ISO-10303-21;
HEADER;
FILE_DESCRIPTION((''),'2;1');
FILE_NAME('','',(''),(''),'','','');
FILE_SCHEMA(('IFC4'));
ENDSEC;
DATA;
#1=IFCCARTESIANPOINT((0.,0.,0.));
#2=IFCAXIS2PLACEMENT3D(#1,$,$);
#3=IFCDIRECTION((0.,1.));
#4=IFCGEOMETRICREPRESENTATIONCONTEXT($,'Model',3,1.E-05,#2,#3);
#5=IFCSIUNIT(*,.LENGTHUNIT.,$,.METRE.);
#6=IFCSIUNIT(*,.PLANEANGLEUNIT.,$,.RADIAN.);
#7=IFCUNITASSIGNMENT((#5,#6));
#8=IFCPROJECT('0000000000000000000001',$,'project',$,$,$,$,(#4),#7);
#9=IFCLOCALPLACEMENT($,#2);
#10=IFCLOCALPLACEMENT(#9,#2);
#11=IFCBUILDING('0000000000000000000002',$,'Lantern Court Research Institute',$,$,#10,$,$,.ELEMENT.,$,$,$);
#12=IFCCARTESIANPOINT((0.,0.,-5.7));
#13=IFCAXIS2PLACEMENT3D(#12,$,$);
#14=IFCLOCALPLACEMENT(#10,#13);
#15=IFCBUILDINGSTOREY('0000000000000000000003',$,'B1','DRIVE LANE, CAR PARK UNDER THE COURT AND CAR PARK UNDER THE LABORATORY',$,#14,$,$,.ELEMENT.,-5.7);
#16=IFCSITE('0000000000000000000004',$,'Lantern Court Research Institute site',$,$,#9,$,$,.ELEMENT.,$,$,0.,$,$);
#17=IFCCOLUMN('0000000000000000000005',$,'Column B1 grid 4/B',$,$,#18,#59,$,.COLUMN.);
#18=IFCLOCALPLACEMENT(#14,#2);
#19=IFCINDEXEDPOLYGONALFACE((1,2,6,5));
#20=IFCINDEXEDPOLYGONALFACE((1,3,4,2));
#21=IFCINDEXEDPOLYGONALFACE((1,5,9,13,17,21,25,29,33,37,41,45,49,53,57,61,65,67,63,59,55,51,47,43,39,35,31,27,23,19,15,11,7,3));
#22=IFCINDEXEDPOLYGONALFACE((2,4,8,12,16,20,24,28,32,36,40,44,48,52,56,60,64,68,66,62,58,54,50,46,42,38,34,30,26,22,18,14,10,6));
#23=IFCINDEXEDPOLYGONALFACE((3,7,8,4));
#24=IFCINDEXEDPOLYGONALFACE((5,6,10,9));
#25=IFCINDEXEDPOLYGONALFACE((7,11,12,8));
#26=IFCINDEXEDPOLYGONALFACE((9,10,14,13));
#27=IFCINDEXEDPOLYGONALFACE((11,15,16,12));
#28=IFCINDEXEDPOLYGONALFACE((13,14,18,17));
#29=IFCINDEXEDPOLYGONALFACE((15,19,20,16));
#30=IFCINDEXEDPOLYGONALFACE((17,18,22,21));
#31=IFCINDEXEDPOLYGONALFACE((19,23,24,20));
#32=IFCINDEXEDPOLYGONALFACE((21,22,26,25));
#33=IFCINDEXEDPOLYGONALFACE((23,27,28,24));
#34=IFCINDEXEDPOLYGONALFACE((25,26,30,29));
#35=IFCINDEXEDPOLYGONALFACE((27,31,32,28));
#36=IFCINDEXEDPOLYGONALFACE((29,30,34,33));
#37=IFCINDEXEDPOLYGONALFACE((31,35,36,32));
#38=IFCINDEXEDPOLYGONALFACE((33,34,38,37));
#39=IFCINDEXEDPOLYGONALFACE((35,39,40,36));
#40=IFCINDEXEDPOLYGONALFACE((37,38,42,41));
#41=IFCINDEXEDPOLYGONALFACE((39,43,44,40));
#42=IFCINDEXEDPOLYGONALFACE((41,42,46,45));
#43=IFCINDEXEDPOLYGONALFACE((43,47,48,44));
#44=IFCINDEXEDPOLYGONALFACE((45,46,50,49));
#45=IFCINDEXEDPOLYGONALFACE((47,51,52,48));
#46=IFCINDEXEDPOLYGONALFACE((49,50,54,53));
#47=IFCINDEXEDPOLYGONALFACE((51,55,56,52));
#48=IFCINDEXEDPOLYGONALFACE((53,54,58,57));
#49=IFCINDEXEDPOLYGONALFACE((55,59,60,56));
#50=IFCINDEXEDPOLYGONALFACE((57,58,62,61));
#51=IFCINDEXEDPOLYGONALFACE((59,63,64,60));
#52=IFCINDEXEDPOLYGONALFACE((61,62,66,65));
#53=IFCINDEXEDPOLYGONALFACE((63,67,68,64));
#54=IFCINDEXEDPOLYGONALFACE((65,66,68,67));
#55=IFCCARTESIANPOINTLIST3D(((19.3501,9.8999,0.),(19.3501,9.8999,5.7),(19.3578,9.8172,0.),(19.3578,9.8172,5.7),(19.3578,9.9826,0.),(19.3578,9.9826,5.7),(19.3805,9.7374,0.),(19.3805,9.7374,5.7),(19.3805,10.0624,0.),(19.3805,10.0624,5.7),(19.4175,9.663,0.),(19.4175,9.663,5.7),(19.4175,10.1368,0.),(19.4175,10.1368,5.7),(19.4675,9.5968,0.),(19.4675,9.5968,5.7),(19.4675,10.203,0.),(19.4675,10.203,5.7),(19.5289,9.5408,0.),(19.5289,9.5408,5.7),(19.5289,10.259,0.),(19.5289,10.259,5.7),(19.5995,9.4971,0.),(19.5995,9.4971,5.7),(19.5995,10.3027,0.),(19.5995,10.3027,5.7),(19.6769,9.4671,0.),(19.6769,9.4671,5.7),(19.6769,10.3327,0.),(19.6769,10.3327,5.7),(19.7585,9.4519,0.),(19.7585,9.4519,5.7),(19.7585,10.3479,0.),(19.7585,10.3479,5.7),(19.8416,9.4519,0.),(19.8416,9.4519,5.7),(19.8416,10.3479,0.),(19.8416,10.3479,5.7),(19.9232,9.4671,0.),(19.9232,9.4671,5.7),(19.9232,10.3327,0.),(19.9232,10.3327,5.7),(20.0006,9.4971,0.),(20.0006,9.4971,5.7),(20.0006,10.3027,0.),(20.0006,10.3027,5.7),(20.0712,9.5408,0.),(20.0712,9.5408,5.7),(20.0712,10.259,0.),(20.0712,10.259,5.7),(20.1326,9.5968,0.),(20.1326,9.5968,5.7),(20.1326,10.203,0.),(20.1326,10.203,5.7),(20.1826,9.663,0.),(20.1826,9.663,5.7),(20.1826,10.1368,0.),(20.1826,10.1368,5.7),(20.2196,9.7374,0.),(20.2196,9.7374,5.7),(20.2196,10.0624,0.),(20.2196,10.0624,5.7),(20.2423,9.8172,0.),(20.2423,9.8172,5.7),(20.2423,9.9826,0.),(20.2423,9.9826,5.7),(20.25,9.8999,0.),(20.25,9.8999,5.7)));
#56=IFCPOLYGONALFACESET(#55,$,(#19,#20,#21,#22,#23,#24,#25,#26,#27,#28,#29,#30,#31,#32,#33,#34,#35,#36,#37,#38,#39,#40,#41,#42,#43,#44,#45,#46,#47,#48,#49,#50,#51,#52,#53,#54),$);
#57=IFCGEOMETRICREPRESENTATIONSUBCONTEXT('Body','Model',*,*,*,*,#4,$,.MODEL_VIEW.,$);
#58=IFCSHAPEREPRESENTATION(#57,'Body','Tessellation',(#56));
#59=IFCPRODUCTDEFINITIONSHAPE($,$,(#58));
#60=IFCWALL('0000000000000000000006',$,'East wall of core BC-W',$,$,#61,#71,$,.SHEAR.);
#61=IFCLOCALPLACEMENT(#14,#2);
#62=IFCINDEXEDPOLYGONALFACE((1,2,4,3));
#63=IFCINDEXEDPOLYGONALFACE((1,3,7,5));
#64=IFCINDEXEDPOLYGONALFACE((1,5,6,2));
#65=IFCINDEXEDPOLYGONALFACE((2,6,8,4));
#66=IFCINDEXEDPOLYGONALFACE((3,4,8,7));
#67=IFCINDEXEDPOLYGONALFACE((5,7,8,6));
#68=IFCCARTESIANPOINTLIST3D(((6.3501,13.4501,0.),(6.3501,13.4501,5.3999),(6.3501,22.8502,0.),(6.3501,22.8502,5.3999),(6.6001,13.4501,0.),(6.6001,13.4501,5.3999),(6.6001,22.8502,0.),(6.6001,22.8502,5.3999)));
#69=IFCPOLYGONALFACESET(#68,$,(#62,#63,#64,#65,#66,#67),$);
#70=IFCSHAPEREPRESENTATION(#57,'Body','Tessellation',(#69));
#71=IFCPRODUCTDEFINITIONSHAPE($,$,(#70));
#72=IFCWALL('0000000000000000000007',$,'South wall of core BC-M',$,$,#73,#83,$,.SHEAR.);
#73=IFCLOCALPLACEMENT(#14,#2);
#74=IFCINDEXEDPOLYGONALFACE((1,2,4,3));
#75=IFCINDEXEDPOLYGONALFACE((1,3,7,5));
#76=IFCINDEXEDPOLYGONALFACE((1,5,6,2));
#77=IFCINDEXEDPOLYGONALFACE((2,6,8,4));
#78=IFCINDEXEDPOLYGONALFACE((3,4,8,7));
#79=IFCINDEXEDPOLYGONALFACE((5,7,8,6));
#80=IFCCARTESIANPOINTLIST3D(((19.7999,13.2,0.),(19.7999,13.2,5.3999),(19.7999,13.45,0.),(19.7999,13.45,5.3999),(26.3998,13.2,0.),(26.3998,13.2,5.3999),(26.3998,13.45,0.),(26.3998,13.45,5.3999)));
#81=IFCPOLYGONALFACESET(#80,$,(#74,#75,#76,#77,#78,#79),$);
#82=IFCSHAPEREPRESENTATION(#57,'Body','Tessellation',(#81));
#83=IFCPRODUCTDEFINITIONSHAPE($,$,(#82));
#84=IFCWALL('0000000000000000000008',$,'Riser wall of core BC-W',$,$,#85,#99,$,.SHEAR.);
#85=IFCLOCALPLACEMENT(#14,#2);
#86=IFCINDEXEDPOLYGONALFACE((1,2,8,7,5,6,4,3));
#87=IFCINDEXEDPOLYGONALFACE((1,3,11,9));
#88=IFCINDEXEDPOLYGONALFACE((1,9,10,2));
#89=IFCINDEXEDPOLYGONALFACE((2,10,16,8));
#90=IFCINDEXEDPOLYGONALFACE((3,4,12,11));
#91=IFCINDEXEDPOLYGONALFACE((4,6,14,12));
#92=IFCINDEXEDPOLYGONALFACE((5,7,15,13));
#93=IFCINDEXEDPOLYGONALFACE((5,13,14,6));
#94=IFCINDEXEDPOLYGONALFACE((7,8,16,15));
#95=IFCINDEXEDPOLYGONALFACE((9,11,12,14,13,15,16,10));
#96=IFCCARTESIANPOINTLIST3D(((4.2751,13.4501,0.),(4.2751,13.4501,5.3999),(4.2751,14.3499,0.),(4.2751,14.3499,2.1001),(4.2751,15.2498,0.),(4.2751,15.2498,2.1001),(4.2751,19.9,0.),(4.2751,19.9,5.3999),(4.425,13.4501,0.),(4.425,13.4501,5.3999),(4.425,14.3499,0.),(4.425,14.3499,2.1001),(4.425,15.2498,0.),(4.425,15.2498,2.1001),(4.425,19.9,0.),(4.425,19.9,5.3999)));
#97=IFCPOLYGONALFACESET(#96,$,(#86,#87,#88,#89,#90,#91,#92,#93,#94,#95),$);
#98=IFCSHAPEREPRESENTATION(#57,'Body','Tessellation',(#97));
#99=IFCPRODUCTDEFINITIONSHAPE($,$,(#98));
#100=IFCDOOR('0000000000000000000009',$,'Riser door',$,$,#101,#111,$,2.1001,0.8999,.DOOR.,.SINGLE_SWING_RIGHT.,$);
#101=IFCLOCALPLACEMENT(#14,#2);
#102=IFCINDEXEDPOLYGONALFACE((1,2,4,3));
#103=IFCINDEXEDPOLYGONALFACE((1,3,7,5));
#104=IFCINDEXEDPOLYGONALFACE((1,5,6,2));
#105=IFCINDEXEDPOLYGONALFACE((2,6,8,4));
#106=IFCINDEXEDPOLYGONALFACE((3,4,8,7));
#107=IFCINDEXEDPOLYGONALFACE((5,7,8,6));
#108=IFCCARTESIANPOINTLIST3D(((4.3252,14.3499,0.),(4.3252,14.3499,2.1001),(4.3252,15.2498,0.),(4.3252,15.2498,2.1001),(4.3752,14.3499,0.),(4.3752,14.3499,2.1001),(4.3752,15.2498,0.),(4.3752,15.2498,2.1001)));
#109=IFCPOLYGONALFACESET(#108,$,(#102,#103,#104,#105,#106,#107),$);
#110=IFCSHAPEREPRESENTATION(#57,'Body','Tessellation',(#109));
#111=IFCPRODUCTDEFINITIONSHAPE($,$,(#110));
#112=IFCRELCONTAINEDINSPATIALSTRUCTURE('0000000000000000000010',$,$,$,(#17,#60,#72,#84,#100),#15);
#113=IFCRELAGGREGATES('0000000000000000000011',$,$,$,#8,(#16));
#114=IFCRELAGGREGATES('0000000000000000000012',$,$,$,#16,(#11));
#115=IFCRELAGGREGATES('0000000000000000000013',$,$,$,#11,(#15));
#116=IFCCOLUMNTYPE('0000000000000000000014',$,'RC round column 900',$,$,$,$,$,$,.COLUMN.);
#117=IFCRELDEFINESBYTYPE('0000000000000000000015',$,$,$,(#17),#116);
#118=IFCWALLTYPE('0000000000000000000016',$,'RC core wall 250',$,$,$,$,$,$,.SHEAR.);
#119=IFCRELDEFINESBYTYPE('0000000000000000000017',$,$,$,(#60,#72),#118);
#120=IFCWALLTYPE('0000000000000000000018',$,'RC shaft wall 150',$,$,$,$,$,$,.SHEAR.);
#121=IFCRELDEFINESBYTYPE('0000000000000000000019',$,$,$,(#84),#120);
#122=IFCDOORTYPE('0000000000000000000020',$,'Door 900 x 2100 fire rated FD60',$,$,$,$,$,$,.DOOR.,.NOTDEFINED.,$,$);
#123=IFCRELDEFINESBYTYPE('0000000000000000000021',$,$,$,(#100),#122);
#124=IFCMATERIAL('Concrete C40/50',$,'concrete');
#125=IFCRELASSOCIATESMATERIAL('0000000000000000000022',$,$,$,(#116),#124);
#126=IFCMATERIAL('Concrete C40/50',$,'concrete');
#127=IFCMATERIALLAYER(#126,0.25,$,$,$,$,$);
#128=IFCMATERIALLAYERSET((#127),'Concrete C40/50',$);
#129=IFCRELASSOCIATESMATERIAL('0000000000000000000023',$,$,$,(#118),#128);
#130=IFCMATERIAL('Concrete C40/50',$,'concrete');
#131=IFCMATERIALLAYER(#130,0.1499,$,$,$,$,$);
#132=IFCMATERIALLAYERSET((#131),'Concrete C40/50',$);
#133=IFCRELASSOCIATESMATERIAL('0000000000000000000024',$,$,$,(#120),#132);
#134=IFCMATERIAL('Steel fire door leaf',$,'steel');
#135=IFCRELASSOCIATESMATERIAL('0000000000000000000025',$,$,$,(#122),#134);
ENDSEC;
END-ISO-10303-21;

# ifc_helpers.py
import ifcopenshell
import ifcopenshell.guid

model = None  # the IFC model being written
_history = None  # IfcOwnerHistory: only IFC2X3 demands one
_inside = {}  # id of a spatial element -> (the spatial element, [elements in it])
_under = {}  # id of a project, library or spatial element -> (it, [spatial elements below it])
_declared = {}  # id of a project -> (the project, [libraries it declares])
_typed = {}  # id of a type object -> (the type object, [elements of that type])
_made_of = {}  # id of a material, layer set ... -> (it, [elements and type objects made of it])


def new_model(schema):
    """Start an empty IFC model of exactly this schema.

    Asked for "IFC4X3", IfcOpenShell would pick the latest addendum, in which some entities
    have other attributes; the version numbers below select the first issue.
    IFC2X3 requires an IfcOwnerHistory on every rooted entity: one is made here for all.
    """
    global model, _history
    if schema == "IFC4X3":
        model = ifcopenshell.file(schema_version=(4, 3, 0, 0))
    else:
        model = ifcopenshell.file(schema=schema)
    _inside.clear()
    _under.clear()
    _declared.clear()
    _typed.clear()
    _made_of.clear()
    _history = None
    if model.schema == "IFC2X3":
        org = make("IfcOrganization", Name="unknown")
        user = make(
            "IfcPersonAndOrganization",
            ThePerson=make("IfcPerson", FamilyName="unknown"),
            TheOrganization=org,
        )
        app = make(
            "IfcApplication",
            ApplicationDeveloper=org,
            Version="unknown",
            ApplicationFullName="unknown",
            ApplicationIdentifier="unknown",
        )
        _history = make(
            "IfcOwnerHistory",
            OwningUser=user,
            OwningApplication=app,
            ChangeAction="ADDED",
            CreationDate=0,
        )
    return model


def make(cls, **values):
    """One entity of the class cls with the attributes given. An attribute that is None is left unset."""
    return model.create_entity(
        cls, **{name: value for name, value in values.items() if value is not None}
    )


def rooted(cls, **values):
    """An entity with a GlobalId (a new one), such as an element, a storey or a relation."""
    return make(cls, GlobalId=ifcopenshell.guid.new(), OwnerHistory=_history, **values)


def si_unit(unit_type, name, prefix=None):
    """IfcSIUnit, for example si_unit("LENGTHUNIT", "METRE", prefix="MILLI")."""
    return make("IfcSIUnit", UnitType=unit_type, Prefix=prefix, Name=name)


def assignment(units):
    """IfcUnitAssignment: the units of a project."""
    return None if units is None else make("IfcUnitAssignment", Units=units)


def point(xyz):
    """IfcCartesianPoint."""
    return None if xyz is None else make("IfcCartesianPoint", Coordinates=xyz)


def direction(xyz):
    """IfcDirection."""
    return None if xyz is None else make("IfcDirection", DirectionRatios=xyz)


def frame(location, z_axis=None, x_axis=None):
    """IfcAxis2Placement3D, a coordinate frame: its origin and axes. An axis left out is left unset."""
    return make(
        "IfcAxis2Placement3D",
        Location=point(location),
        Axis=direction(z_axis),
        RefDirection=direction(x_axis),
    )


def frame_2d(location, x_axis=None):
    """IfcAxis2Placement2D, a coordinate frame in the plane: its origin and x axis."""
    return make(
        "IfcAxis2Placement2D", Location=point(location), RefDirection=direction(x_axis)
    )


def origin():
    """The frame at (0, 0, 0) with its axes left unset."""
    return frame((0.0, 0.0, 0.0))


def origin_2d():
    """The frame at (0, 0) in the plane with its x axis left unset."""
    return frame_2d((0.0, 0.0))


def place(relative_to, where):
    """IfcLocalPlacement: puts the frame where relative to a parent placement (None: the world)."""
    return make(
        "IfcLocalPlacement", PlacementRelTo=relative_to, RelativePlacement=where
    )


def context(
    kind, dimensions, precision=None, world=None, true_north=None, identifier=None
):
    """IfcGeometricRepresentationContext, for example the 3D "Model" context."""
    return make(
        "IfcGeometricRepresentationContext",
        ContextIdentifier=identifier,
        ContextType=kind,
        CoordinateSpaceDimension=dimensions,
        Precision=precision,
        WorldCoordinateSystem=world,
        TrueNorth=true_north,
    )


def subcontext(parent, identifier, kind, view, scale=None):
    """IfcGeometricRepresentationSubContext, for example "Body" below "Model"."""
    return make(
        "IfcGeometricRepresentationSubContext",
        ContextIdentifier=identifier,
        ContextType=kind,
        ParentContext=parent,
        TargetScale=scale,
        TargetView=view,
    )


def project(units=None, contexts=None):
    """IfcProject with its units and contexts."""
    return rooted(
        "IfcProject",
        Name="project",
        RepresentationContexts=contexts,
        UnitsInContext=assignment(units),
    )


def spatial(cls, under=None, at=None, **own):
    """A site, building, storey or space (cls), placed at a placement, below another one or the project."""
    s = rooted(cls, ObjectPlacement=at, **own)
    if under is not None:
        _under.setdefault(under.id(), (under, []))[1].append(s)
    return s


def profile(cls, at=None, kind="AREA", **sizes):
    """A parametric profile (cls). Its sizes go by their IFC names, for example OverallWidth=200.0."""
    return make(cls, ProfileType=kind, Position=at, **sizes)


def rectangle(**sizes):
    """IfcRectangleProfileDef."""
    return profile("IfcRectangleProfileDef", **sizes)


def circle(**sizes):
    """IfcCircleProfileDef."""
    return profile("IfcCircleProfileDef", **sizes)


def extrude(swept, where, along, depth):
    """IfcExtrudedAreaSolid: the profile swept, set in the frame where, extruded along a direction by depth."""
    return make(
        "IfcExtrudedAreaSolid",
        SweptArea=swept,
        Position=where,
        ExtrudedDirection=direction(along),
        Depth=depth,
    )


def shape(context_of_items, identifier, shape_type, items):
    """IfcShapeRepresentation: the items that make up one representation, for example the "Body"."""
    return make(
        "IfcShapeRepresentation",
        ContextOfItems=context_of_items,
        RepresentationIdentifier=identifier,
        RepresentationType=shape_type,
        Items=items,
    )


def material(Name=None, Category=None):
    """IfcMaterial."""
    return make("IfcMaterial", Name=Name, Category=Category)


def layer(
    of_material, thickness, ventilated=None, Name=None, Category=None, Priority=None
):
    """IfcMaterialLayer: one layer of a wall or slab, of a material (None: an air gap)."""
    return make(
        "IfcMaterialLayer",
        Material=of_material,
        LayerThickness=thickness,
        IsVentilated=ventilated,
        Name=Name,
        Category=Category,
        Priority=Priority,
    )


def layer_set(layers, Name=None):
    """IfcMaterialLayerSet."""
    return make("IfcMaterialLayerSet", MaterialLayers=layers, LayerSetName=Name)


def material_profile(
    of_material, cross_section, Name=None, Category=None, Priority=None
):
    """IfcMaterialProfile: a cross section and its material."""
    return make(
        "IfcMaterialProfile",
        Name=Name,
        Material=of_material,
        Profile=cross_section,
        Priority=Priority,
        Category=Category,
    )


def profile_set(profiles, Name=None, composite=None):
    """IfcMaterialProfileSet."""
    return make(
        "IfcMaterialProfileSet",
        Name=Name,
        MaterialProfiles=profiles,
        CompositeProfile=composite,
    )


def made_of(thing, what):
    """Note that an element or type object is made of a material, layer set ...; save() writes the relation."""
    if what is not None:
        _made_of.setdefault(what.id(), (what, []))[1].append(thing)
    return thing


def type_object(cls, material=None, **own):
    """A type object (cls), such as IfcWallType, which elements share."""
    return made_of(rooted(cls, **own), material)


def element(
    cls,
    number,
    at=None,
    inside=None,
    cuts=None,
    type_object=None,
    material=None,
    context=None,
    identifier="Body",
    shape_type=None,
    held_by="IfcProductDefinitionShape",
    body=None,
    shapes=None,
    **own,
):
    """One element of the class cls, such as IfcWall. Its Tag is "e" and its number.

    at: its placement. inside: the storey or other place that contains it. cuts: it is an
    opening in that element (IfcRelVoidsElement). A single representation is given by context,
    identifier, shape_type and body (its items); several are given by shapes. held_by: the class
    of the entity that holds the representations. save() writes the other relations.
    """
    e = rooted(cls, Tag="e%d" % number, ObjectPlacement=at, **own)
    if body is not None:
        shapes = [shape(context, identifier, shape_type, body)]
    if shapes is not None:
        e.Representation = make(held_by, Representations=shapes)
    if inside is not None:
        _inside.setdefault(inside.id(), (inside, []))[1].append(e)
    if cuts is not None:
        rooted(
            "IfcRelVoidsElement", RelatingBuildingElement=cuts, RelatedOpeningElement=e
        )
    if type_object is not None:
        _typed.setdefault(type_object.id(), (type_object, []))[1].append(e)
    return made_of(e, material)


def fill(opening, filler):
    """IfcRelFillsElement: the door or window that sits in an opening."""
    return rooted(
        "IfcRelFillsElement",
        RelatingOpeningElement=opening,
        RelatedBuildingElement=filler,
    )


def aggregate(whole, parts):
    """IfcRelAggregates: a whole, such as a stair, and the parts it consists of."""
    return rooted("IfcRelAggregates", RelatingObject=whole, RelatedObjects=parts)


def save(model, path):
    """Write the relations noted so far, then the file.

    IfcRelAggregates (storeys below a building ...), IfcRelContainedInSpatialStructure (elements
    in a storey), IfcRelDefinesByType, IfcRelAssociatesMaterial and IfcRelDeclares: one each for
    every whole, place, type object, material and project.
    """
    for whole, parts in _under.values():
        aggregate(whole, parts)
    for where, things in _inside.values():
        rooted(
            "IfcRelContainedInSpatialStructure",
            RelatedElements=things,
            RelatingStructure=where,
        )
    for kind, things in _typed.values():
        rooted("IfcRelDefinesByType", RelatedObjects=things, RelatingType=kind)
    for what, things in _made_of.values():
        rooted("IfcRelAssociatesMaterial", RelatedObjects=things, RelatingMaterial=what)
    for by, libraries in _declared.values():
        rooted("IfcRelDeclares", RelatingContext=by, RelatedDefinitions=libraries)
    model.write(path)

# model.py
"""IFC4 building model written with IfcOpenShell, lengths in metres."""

from ifc_helpers import new_model, si_unit, direction, frame, frame_2d, origin, origin_2d, place, context, subcontext, project, spatial, rectangle, circle, extrude, material, layer, layer_set, material_profile, profile_set, type_object, element, fill, save


model = new_model("IFC4")

# Units and contexts
model_context = context("Model", 3, precision=1e-05, world=origin(), true_north=direction((0.0, 1.0)))
body_context = subcontext(model_context, "Body", "Model", "MODEL_VIEW")
ifc_project = project(units=[si_unit("LENGTHUNIT", "METRE"), si_unit("PLANEANGLEUNIT", "RADIAN")], contexts=[model_context])

# Site, building, storey
site_placement = place(None, origin())
site = spatial("IfcSite", under=ifc_project, at=site_placement, Name="Lantern Court Research Institute site", CompositionType="ELEMENT", RefElevation=0.0)
building_placement = place(site_placement, origin())
building = spatial("IfcBuilding", under=site, at=building_placement, Name="Lantern Court Research Institute", CompositionType="ELEMENT")
storey_placement = place(building_placement, frame((0.0, 0.0, -5.7)))
storey = spatial("IfcBuildingStorey", under=building, at=storey_placement, Name="B1", Description="DRIVE LANE, CAR PARK UNDER THE COURT AND CAR PARK UNDER THE LABORATORY", CompositionType="ELEMENT", Elevation=-5.7)

# Column
ifc_material_1 = material(Name="Concrete C40/50", Category="concrete")
ifc_material_profile_1 = material_profile(ifc_material_1, circle(Radius=0.45, at=origin_2d()), Name="RC round column 900")
ifc_profile_set_1 = profile_set([ifc_material_profile_1], Name="Concrete C40/50")
column_type = type_object("IfcColumnType", Name="RC round column 900", PredefinedType="COLUMN", material=ifc_profile_set_1)
for number, where, z_axis, x_axis, name in (
    (1, (19.8, 9.8999, 0.0), (0.0, 0.0, 1.0), (1.0, 0.0, 0.0), "Column B1 grid 4/B"),
):
    element("IfcColumn", number, at=place(storey_placement, frame(where, z_axis=z_axis, x_axis=x_axis)), inside=storey, type_object=column_type, Name=name, PredefinedType="COLUMN", context=body_context, shape_type="SweptSolid", body=[
        extrude(circle(Radius=0.45, at=origin_2d()), origin(), (0.0, 0.0, 1.0), 5.7),
    ])

# Walls
ifc_material_2 = material(Name="Concrete C40/50", Category="concrete")
ifc_layer_1 = layer(ifc_material_2, 0.25)
ifc_layer_set_1 = layer_set([ifc_layer_1], Name="Concrete C40/50")
wall_type_1 = type_object("IfcWallType", Name="RC core wall 250", PredefinedType="SHEAR", material=ifc_layer_set_1)
wall_1_placement = place(storey_placement, frame((6.4751, 13.45, 0.0), z_axis=(0.0, 0.0, 1.0), x_axis=(0.0, 1.0, 0.0)))
element("IfcWall", 2, at=wall_1_placement, inside=storey, type_object=wall_type_1, Name="East wall of core BC-W", PredefinedType="SHEAR", context=body_context, shape_type="SweptSolid", body=[
    extrude(rectangle(XDim=9.4001, YDim=0.25, at=frame_2d((4.7002, 0.0))), origin(), (0.0, 0.0, 1.0), 5.3999),
])
wall_2_placement = place(storey_placement, frame((19.8, 13.325, 0.0), z_axis=(0.0, 0.0, 1.0), x_axis=(1.0, 0.0, 0.0)))
element("IfcWall", 3, at=wall_2_placement, inside=storey, type_object=wall_type_1, Name="South wall of core BC-M", PredefinedType="SHEAR", context=body_context, shape_type="SweptSolid", body=[
    extrude(rectangle(XDim=6.5999, YDim=0.25, at=frame_2d((3.2998, 0.0))), origin(), (0.0, 0.0, 1.0), 5.3999),
])

# Wall, opening, door
ifc_material_3 = material(Name="Concrete C40/50", Category="concrete")
ifc_layer_2 = layer(ifc_material_3, 0.1499)
ifc_layer_set_2 = layer_set([ifc_layer_2], Name="Concrete C40/50")
wall_type_2 = type_object("IfcWallType", Name="RC shaft wall 150", PredefinedType="SHEAR", material=ifc_layer_set_2)
wall_3_placement = place(storey_placement, frame((4.3501, 13.45, 0.0), z_axis=(0.0, 0.0, 1.0), x_axis=(0.0, 1.0, 0.0)))
wall_3 = element("IfcWall", 4, at=wall_3_placement, inside=storey, type_object=wall_type_2, Name="Riser wall of core BC-W", PredefinedType="SHEAR", context=body_context, shape_type="SweptSolid", body=[
    extrude(rectangle(XDim=6.45, YDim=0.1499, at=frame_2d((3.2251, 0.0))), origin(), (0.0, 0.0, 1.0), 5.3999),
])
opening_placement = place(wall_3_placement, frame((0.8999, 0.0, 0.0)))
opening = element("IfcOpeningElement", 5, at=opening_placement, cuts=wall_3, PredefinedType="OPENING", context=body_context, shape_type="SweptSolid", body=[
    extrude(rectangle(XDim=0.8999, YDim=2.1001, at=frame_2d((0.45, 1.05))), frame((0.0, 0.085, 0.0), z_axis=(0.0, -1.0, 0.0), x_axis=(1.0, 0.0, 0.0)), (0.0, 0.0, 1.0), 0.1699),
])
ifc_material_4 = material(Name="Steel fire door leaf", Category="steel")
door_type = type_object("IfcDoorType", Name="Door 900 x 2100 fire rated FD60", OperationType="NOTDEFINED", PredefinedType="DOOR", material=ifc_material_4)
door_placement = place(opening_placement, origin())
door = element("IfcDoor", 6, at=door_placement, inside=storey, type_object=door_type, Name="Riser door", OperationType="SINGLE_SWING_RIGHT", OverallHeight=2.1001, OverallWidth=0.8999, PredefinedType="DOOR", context=body_context, shape_type="SweptSolid", body=[
    extrude(rectangle(XDim=0.8999, YDim=2.1001, at=frame_2d((0.45, 1.05))), frame((0.0, 0.0249, 0.0), z_axis=(0.0, -1.0, 0.0), x_axis=(1.0, 0.0, 0.0)), (0.0, 0.0, 1.0), 0.05),
])
fill(opening, door)

save(model, "model.ifc")
